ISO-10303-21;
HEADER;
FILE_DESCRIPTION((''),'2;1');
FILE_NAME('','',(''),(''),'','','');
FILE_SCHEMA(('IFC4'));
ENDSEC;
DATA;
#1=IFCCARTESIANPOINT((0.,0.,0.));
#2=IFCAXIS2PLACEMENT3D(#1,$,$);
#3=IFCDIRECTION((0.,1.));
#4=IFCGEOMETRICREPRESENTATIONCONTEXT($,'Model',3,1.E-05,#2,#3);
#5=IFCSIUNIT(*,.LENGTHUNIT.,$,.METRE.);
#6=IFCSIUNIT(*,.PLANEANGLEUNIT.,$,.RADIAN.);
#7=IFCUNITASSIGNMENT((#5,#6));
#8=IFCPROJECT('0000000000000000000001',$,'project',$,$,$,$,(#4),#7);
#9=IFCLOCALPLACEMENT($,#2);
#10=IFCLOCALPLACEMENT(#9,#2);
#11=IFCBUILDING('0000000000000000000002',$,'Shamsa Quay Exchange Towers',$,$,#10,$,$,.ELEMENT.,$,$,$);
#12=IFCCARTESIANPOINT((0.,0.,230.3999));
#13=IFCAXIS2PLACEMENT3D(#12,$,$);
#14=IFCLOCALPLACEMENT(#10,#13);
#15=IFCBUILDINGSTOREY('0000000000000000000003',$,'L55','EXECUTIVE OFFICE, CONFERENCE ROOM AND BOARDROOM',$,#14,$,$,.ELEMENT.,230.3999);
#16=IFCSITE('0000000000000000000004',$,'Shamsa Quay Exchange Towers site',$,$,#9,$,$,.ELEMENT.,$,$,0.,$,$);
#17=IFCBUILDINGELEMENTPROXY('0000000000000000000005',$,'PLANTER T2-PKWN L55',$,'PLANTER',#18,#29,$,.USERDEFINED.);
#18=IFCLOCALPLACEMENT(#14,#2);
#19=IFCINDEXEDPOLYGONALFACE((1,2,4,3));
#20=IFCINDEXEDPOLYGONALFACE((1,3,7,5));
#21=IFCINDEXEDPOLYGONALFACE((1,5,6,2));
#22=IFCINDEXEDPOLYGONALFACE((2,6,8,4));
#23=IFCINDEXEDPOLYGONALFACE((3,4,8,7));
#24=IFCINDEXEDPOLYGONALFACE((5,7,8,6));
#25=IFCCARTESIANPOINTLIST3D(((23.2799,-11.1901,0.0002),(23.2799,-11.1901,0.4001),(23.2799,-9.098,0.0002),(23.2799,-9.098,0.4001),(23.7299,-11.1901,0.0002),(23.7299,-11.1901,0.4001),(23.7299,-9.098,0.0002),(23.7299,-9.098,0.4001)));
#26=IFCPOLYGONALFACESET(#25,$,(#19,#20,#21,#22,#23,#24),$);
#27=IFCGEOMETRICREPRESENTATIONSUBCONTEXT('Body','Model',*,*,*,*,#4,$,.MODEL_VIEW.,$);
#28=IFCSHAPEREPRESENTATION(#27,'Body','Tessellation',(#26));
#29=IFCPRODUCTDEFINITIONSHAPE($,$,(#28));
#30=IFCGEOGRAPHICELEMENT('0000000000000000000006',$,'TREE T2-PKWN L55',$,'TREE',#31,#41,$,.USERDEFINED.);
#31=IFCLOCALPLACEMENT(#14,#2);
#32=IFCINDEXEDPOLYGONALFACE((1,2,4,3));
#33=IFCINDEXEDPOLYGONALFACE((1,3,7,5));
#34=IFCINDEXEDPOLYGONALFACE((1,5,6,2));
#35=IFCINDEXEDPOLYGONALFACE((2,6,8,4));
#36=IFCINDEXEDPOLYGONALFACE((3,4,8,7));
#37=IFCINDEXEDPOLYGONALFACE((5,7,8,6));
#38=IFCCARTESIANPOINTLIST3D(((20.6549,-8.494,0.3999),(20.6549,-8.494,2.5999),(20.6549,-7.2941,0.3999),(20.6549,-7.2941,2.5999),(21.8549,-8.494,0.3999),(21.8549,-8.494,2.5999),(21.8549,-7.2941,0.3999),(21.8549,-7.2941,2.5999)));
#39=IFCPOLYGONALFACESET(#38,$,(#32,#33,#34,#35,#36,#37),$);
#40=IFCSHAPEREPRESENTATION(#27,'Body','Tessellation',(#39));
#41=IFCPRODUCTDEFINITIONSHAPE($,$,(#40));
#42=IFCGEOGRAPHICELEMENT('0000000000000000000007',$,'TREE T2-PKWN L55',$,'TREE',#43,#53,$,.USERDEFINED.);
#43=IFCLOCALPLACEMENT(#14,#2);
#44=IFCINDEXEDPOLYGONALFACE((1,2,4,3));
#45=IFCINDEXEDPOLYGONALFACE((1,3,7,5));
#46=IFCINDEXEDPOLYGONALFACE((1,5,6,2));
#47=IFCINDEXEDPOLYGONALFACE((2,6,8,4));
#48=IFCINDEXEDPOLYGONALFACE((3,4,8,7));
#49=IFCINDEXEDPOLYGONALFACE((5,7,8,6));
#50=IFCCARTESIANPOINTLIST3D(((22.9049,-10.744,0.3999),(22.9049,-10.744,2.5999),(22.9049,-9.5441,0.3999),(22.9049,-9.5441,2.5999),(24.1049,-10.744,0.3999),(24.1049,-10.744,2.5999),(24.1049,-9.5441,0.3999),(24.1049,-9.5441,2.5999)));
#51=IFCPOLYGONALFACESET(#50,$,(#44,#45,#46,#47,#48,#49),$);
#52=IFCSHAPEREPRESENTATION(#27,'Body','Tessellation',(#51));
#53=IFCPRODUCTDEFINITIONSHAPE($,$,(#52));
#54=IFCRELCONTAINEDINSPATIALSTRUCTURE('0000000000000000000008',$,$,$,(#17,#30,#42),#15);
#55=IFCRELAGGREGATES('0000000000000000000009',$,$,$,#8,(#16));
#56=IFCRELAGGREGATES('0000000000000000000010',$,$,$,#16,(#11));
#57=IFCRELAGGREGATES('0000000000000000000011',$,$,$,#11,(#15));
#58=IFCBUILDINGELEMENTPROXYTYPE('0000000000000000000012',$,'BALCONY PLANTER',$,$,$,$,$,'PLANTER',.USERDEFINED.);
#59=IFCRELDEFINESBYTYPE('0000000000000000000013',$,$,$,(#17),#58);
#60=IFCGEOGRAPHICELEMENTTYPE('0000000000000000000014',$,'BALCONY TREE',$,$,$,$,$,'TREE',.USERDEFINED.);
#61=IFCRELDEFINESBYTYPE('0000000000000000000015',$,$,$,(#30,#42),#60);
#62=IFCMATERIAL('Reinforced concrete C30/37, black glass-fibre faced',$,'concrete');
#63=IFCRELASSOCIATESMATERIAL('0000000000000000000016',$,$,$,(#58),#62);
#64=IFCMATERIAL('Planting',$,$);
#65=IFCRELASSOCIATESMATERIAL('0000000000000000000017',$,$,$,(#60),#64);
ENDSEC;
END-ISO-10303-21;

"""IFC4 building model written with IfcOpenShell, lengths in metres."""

from ifc_helpers import new_model, si_unit, direction, frame, origin, origin_2d, place, context, subcontext, project, spatial, rectangle, extrude, material, type_object, element, save


model = new_model("IFC4")

# Units and contexts
model_context = context("Model", 3, precision=1e-05, world=origin(), true_north=direction((0.0, 1.0)))
body_context = subcontext(model_context, "Body", "Model", "MODEL_VIEW")
ifc_project = project(units=[si_unit("LENGTHUNIT", "METRE"), si_unit("PLANEANGLEUNIT", "RADIAN")], contexts=[model_context])

# Site, building, storey
site_placement = place(None, origin())
site = spatial("IfcSite", under=ifc_project, at=site_placement, Name="Shamsa Quay Exchange Towers site", CompositionType="ELEMENT", RefElevation=0.0)
building_placement = place(site_placement, origin())
building = spatial("IfcBuilding", under=site, at=building_placement, Name="Shamsa Quay Exchange Towers", CompositionType="ELEMENT")
storey_placement = place(building_placement, frame((0.0, 0.0, 230.3999)))
storey = spatial("IfcBuildingStorey", under=building, at=storey_placement, Name="L55", Description="EXECUTIVE OFFICE, CONFERENCE ROOM AND BOARDROOM", CompositionType="ELEMENT", Elevation=230.3999)

# Building element proxy
ifc_material_1 = material(Name="Reinforced concrete C30/37, black glass-fibre faced", Category="concrete")
building_element_proxy_type = type_object("IfcBuildingElementProxyType", Name="BALCONY PLANTER", ElementType="PLANTER", PredefinedType="USERDEFINED", material=ifc_material_1)
for number, where, z_axis, x_axis, name in (
    (1, (23.5049, -10.144, 0.0002), (0.0, 0.0, 1.0), (0.0, -1.0, 0.0), "PLANTER T2-PKWN L55"),
):
    element("IfcBuildingElementProxy", number, at=place(storey_placement, frame(where, z_axis=z_axis, x_axis=x_axis)), inside=storey, type_object=building_element_proxy_type, Name=name, ObjectType="PLANTER", PredefinedType="USERDEFINED", context=body_context, shape_type="SweptSolid", body=[
        extrude(rectangle(XDim=2.092, YDim=0.45, at=origin_2d()), origin(), (0.0, 0.0, 1.0), 0.3999),
    ])

# Geographic elements
ifc_material_2 = material(Name="Planting")
geographic_element_type = type_object("IfcGeographicElementType", Name="BALCONY TREE", ElementType="TREE", PredefinedType="USERDEFINED", material=ifc_material_2)
for number, where, z_axis, x_axis, name in (
    (2, (21.2549, -7.894, 0.3999), (0.0, 0.0, 1.0), (0.0, -1.0, 0.0), "TREE T2-PKWN L55"),
    (3, (23.5049, -10.144, 0.3999), (0.0, 0.0, 1.0), (0.0, -1.0, 0.0), "TREE T2-PKWN L55"),
):
    element("IfcGeographicElement", number, at=place(storey_placement, frame(where, z_axis=z_axis, x_axis=x_axis)), inside=storey, type_object=geographic_element_type, Name=name, ObjectType="TREE", PredefinedType="USERDEFINED", context=body_context, shape_type="SweptSolid", body=[
        extrude(rectangle(XDim=1.2, YDim=1.2, at=origin_2d()), origin(), (0.0, 0.0, 1.0), 2.2),
    ])

save(model, "model.ifc")
